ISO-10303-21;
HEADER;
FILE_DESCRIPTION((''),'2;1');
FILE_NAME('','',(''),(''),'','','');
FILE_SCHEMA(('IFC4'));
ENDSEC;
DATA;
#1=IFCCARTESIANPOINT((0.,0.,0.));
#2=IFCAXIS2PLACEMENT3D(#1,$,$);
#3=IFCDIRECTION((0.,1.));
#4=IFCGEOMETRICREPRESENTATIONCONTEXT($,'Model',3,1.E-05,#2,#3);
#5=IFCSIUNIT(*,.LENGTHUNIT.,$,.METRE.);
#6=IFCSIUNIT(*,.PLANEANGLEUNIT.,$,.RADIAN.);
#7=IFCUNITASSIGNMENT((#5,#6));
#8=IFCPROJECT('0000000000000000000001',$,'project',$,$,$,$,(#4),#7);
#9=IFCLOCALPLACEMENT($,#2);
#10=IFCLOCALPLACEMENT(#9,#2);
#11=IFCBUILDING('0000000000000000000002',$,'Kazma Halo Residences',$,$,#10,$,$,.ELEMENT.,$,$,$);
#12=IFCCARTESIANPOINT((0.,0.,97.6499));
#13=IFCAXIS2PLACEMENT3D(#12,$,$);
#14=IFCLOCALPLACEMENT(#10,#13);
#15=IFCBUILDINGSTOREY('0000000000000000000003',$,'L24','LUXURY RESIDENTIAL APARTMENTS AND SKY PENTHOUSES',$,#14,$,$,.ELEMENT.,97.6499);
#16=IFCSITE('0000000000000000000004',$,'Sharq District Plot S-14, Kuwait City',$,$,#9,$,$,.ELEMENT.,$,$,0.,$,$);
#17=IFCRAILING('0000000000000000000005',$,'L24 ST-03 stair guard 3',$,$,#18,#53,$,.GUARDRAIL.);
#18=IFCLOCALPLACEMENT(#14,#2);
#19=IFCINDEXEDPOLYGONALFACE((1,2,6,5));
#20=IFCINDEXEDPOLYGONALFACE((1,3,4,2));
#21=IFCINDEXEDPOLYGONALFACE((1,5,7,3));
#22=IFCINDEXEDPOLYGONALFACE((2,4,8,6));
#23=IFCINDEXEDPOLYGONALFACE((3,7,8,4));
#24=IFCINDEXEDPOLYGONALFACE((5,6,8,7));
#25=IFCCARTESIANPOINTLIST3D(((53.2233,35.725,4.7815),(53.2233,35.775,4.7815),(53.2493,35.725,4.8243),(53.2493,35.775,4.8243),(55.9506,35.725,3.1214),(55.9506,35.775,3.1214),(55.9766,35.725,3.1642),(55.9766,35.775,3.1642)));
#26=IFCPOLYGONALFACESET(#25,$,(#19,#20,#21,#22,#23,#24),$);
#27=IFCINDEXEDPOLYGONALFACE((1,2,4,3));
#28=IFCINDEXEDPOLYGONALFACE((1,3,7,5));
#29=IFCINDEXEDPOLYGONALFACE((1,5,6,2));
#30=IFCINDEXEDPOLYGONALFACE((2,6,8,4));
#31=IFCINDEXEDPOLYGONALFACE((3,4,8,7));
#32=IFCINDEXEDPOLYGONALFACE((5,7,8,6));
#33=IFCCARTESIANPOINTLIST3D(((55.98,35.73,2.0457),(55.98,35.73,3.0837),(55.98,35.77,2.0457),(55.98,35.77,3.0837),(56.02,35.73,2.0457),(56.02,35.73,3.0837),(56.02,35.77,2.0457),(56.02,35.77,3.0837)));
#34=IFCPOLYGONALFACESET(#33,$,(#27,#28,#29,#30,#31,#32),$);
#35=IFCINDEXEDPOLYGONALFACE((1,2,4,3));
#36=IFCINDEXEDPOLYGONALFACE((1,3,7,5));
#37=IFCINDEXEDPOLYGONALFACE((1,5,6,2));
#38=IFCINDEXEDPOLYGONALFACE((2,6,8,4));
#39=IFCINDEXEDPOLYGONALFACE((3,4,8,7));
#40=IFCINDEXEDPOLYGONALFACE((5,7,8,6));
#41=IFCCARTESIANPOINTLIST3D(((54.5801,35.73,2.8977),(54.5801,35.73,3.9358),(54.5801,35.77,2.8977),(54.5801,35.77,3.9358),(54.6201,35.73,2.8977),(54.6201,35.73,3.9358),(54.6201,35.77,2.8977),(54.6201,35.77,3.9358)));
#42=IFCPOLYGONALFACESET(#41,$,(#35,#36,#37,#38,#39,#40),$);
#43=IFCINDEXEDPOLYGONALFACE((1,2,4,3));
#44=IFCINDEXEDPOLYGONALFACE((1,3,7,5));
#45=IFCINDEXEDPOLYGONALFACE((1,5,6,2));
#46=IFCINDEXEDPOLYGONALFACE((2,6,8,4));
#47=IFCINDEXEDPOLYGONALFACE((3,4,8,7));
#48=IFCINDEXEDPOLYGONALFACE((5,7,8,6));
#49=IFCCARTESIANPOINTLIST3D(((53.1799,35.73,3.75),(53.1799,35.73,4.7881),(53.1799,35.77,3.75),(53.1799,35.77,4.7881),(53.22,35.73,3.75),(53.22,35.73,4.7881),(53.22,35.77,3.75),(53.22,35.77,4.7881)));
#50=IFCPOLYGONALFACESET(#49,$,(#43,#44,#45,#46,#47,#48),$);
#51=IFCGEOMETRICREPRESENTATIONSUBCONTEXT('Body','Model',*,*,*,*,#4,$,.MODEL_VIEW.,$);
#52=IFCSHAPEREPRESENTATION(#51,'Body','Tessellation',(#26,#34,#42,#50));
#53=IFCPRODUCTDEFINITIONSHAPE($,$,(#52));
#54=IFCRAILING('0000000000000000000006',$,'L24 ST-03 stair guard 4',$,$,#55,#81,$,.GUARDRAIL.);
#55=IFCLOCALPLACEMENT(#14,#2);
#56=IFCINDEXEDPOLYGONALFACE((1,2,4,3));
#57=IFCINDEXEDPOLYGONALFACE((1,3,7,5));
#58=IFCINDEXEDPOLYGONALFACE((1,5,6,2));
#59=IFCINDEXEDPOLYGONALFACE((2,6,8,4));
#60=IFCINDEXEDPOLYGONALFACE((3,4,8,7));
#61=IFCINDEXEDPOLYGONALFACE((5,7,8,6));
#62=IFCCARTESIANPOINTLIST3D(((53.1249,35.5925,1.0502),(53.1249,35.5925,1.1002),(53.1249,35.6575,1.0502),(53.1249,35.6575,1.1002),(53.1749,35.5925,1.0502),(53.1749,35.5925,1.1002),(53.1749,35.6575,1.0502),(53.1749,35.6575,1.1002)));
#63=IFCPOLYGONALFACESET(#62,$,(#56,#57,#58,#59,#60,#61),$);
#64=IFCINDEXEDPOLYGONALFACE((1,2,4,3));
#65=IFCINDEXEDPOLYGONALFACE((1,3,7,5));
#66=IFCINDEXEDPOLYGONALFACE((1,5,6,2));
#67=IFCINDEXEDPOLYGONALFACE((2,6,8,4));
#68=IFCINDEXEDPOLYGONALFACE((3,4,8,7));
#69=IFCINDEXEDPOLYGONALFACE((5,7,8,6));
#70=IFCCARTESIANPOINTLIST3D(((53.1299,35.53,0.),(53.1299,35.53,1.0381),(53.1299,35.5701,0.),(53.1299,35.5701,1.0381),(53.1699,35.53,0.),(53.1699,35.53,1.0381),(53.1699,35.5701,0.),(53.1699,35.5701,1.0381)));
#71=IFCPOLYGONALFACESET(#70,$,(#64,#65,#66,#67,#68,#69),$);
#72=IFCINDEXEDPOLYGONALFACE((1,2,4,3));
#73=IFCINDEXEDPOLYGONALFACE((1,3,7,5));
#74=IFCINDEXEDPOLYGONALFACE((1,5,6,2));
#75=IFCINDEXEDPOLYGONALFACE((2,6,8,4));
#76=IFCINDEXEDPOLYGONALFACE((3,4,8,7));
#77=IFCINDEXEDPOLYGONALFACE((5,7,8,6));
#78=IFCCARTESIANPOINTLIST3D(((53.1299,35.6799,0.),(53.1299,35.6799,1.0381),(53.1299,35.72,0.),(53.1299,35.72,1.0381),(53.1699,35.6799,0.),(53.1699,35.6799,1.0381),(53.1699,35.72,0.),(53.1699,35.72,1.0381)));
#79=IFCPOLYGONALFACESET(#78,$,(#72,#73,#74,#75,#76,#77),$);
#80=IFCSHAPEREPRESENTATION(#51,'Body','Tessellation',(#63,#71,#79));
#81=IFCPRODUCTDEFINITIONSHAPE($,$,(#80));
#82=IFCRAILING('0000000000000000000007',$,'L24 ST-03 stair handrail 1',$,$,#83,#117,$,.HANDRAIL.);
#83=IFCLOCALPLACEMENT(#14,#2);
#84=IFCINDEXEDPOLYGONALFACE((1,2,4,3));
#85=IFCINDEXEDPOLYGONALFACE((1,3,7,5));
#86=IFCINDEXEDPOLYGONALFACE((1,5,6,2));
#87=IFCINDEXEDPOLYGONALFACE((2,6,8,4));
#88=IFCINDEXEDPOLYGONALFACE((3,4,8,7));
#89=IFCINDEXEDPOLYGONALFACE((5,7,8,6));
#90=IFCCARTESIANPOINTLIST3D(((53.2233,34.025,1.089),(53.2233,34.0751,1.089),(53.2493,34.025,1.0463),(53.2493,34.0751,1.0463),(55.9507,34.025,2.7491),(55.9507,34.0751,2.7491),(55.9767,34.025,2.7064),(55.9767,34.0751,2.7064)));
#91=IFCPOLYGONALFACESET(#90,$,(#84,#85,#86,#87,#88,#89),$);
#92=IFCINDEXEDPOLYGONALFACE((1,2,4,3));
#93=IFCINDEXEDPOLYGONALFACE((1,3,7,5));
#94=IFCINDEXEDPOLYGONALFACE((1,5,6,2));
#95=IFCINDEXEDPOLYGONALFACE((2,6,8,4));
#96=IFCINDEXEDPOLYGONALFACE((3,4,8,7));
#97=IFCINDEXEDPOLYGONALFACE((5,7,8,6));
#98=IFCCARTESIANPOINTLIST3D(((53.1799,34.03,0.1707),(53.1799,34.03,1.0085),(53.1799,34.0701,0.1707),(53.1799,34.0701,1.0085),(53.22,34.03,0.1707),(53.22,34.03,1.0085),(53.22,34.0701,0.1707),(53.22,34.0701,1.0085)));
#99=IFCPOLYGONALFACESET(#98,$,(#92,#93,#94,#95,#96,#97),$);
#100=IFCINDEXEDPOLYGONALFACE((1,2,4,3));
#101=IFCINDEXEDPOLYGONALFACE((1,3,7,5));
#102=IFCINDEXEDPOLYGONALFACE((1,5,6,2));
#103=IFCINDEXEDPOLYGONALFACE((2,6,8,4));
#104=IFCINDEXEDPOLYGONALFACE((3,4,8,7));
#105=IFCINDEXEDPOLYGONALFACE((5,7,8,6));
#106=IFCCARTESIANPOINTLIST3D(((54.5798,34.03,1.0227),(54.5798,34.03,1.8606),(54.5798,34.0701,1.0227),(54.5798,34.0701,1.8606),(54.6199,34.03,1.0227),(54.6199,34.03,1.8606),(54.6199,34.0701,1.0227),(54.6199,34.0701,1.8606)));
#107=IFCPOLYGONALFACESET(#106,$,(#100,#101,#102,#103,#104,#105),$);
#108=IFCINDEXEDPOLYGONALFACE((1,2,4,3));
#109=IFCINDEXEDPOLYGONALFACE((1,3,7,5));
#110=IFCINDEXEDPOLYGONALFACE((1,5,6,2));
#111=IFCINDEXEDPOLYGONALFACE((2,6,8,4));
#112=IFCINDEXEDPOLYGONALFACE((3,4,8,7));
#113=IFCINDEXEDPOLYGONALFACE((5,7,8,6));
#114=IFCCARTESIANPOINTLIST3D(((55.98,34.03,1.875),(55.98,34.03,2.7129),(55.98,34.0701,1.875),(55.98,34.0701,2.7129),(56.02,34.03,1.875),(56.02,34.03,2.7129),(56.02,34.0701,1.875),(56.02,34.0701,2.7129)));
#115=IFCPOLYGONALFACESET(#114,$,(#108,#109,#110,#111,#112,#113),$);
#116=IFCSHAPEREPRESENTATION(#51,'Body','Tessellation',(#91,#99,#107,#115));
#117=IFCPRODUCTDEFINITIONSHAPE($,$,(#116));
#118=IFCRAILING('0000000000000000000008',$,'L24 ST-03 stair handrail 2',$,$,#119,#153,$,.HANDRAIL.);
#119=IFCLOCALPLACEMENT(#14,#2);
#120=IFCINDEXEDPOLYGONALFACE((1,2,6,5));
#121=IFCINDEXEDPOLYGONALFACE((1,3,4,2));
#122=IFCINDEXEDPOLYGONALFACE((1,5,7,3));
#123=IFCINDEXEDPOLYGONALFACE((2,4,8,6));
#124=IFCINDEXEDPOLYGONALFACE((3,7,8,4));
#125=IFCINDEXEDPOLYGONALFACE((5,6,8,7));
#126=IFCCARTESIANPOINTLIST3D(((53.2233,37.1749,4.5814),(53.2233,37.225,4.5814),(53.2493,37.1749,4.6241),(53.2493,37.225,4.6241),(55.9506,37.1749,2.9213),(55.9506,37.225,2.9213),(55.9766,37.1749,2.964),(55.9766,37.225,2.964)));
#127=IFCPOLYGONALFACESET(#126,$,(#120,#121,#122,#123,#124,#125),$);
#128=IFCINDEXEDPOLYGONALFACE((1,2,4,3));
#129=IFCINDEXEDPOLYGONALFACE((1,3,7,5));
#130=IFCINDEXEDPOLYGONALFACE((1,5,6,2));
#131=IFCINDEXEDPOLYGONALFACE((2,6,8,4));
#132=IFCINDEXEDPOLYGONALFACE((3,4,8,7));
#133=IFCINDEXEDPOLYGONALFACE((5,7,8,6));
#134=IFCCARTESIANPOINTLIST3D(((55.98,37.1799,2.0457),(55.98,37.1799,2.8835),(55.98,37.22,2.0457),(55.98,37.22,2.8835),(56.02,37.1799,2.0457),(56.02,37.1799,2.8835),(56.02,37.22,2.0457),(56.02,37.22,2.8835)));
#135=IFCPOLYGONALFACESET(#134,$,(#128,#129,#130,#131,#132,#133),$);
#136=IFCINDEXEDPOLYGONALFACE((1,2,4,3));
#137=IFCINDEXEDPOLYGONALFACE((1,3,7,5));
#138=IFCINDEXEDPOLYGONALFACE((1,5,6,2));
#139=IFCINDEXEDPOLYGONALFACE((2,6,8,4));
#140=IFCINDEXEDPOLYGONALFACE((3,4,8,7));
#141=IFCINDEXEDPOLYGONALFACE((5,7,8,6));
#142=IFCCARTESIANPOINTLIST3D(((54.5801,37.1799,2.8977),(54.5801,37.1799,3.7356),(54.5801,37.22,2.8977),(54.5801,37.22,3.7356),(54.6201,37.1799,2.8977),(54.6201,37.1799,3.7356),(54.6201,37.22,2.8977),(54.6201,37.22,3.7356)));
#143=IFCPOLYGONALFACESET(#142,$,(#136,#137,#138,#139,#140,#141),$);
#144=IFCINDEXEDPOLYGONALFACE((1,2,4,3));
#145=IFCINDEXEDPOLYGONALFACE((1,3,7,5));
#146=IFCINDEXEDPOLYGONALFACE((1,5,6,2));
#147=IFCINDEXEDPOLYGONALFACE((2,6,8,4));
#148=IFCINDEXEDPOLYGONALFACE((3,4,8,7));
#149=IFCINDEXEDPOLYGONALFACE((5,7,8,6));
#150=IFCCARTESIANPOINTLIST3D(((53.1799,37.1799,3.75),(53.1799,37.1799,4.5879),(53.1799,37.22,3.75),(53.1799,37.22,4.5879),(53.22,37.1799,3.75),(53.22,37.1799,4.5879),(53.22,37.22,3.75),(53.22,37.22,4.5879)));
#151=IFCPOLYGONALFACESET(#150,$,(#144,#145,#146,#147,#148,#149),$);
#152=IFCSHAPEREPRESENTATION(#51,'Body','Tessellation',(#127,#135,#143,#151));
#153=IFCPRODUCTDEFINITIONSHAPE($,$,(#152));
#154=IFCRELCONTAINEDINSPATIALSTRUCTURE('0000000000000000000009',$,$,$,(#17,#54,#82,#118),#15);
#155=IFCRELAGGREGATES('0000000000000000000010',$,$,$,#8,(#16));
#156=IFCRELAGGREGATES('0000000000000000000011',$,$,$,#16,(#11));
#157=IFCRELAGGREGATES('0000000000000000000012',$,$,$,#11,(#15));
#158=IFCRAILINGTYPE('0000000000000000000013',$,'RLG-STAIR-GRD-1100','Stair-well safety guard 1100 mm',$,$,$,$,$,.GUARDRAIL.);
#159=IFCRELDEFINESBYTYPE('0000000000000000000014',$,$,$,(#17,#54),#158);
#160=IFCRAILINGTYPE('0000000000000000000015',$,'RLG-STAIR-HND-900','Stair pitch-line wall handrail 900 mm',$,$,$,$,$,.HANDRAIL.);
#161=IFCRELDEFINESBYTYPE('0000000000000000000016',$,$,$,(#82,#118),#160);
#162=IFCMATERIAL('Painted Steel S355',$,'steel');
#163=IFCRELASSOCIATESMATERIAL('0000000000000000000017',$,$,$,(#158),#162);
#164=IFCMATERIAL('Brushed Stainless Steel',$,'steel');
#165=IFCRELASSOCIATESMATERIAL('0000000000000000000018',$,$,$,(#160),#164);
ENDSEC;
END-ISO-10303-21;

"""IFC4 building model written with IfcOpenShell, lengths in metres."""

from ifc_helpers import new_model, si_unit, direction, frame, origin, origin_2d, place, context, subcontext, project, spatial, rectangle, extrude, material, type_object, element, save


model = new_model("IFC4")

# Units and contexts
model_context = context("Model", 3, precision=1e-05, world=origin(), true_north=direction((0.0, 1.0)))
body_context = subcontext(model_context, "Body", "Model", "MODEL_VIEW")
ifc_project = project(units=[si_unit("LENGTHUNIT", "METRE"), si_unit("PLANEANGLEUNIT", "RADIAN")], contexts=[model_context])

# Site, building, storey
site_placement = place(None, origin())
site = spatial("IfcSite", under=ifc_project, at=site_placement, Name="Sharq District Plot S-14, Kuwait City", CompositionType="ELEMENT", RefElevation=0.0)
building_placement = place(site_placement, origin())
building = spatial("IfcBuilding", under=site, at=building_placement, Name="Kazma Halo Residences", CompositionType="ELEMENT")
storey_placement = place(building_placement, frame((0.0, 0.0, 97.6499)))
storey = spatial("IfcBuildingStorey", under=building, at=storey_placement, Name="L24", Description="LUXURY RESIDENTIAL APARTMENTS AND SKY PENTHOUSES", CompositionType="ELEMENT", Elevation=97.6499)

# Railings
ifc_material_1 = material(Name="Painted Steel S355", Category="steel")
railing_type_1 = type_object("IfcRailingType", Name="RLG-STAIR-GRD-1100", Description="Stair-well safety guard 1100 mm", PredefinedType="GUARDRAIL", material=ifc_material_1)
railing_1_placement = place(storey_placement, frame((56.0, 35.75, 2.0457)))
element("IfcRailing", 1, at=railing_1_placement, inside=storey, type_object=railing_type_1, Name="L24 ST-03 stair guard 3", PredefinedType="GUARDRAIL", context=body_context, shape_type="SweptSolid", body=[
    extrude(rectangle(XDim=0.05, YDim=0.05, at=origin_2d()), frame((-0.0364, 0.0, 1.0972), z_axis=(-0.854203, 0.0, 0.51994), x_axis=(0.0, -1.0, 0.0)), (0.0, 0.0, 1.0), 3.1929),
    extrude(rectangle(XDim=0.04, YDim=0.04, at=origin_2d()), origin(), (0.0, 0.0, 1.0), 1.0381),
    extrude(rectangle(XDim=0.04, YDim=0.04, at=origin_2d()), frame((-1.3999, 0.0, 0.8521)), (0.0, 0.0, 1.0), 1.0381),
    extrude(rectangle(XDim=0.04, YDim=0.04, at=origin_2d()), frame((-2.8, 0.0, 1.7043)), (0.0, 0.0, 1.0), 1.0381),
])
railing_2_placement = place(storey_placement, frame((53.1499, 35.55, 0.0)))
element("IfcRailing", 2, at=railing_2_placement, inside=storey, type_object=railing_type_1, Name="L24 ST-03 stair guard 4", PredefinedType="GUARDRAIL", context=body_context, shape_type="SweptSolid", body=[
    extrude(rectangle(XDim=0.05, YDim=0.05, at=origin_2d()), frame((0.0, 0.0425, 1.0752), z_axis=(0.0, 1.0, 0.0), x_axis=(-1.0, 0.0, 0.0)), (0.0, 0.0, 1.0), 0.0649),
    extrude(rectangle(XDim=0.04, YDim=0.04, at=origin_2d()), origin(), (0.0, 0.0, 1.0), 1.0381),
    extrude(rectangle(XDim=0.04, YDim=0.04, at=origin_2d()), frame((0.0, 0.1499, 0.0)), (0.0, 0.0, 1.0), 1.0381),
])
ifc_material_2 = material(Name="Brushed Stainless Steel", Category="steel")
railing_type_2 = type_object("IfcRailingType", Name="RLG-STAIR-HND-900", Description="Stair pitch-line wall handrail 900 mm", PredefinedType="HANDRAIL", material=ifc_material_2)
railing_3_placement = place(storey_placement, frame((53.2, 34.05, 0.1707)))
element("IfcRailing", 3, at=railing_3_placement, inside=storey, type_object=railing_type_2, Name="L24 ST-03 stair handrail 1", PredefinedType="HANDRAIL", context=body_context, shape_type="SweptSolid", body=[
    extrude(rectangle(XDim=0.05, YDim=0.05, at=origin_2d()), frame((0.0364, 0.0, 0.897), z_axis=(0.854203, 0.0, 0.51994), x_axis=(0.0, 1.0, 0.0)), (0.0, 0.0, 1.0), 3.1929),
    extrude(rectangle(XDim=0.04, YDim=0.04, at=origin_2d()), origin(), (0.0, 0.0, 1.0), 0.8379),
    extrude(rectangle(XDim=0.04, YDim=0.04, at=origin_2d()), frame((1.3999, 0.0, 0.8521)), (0.0, 0.0, 1.0), 0.8379),
    extrude(rectangle(XDim=0.04, YDim=0.04, at=origin_2d()), frame((2.8, 0.0, 1.7043)), (0.0, 0.0, 1.0), 0.8379),
])
railing_4_placement = place(storey_placement, frame((56.0, 37.2, 2.0457)))
element("IfcRailing", 4, at=railing_4_placement, inside=storey, type_object=railing_type_2, Name="L24 ST-03 stair handrail 2", PredefinedType="HANDRAIL", context=body_context, shape_type="SweptSolid", body=[
    extrude(rectangle(XDim=0.05, YDim=0.05, at=origin_2d()), frame((-0.0364, 0.0, 0.897), z_axis=(-0.854203, 0.0, 0.51994), x_axis=(0.0, -1.0, 0.0)), (0.0, 0.0, 1.0), 3.1929),
    extrude(rectangle(XDim=0.04, YDim=0.04, at=origin_2d()), origin(), (0.0, 0.0, 1.0), 0.8379),
    extrude(rectangle(XDim=0.04, YDim=0.04, at=origin_2d()), frame((-1.3999, 0.0, 0.8521)), (0.0, 0.0, 1.0), 0.8379),
    extrude(rectangle(XDim=0.04, YDim=0.04, at=origin_2d()), frame((-2.8, 0.0, 1.7043)), (0.0, 0.0, 1.0), 0.8379),
])

save(model, "model.ifc")
